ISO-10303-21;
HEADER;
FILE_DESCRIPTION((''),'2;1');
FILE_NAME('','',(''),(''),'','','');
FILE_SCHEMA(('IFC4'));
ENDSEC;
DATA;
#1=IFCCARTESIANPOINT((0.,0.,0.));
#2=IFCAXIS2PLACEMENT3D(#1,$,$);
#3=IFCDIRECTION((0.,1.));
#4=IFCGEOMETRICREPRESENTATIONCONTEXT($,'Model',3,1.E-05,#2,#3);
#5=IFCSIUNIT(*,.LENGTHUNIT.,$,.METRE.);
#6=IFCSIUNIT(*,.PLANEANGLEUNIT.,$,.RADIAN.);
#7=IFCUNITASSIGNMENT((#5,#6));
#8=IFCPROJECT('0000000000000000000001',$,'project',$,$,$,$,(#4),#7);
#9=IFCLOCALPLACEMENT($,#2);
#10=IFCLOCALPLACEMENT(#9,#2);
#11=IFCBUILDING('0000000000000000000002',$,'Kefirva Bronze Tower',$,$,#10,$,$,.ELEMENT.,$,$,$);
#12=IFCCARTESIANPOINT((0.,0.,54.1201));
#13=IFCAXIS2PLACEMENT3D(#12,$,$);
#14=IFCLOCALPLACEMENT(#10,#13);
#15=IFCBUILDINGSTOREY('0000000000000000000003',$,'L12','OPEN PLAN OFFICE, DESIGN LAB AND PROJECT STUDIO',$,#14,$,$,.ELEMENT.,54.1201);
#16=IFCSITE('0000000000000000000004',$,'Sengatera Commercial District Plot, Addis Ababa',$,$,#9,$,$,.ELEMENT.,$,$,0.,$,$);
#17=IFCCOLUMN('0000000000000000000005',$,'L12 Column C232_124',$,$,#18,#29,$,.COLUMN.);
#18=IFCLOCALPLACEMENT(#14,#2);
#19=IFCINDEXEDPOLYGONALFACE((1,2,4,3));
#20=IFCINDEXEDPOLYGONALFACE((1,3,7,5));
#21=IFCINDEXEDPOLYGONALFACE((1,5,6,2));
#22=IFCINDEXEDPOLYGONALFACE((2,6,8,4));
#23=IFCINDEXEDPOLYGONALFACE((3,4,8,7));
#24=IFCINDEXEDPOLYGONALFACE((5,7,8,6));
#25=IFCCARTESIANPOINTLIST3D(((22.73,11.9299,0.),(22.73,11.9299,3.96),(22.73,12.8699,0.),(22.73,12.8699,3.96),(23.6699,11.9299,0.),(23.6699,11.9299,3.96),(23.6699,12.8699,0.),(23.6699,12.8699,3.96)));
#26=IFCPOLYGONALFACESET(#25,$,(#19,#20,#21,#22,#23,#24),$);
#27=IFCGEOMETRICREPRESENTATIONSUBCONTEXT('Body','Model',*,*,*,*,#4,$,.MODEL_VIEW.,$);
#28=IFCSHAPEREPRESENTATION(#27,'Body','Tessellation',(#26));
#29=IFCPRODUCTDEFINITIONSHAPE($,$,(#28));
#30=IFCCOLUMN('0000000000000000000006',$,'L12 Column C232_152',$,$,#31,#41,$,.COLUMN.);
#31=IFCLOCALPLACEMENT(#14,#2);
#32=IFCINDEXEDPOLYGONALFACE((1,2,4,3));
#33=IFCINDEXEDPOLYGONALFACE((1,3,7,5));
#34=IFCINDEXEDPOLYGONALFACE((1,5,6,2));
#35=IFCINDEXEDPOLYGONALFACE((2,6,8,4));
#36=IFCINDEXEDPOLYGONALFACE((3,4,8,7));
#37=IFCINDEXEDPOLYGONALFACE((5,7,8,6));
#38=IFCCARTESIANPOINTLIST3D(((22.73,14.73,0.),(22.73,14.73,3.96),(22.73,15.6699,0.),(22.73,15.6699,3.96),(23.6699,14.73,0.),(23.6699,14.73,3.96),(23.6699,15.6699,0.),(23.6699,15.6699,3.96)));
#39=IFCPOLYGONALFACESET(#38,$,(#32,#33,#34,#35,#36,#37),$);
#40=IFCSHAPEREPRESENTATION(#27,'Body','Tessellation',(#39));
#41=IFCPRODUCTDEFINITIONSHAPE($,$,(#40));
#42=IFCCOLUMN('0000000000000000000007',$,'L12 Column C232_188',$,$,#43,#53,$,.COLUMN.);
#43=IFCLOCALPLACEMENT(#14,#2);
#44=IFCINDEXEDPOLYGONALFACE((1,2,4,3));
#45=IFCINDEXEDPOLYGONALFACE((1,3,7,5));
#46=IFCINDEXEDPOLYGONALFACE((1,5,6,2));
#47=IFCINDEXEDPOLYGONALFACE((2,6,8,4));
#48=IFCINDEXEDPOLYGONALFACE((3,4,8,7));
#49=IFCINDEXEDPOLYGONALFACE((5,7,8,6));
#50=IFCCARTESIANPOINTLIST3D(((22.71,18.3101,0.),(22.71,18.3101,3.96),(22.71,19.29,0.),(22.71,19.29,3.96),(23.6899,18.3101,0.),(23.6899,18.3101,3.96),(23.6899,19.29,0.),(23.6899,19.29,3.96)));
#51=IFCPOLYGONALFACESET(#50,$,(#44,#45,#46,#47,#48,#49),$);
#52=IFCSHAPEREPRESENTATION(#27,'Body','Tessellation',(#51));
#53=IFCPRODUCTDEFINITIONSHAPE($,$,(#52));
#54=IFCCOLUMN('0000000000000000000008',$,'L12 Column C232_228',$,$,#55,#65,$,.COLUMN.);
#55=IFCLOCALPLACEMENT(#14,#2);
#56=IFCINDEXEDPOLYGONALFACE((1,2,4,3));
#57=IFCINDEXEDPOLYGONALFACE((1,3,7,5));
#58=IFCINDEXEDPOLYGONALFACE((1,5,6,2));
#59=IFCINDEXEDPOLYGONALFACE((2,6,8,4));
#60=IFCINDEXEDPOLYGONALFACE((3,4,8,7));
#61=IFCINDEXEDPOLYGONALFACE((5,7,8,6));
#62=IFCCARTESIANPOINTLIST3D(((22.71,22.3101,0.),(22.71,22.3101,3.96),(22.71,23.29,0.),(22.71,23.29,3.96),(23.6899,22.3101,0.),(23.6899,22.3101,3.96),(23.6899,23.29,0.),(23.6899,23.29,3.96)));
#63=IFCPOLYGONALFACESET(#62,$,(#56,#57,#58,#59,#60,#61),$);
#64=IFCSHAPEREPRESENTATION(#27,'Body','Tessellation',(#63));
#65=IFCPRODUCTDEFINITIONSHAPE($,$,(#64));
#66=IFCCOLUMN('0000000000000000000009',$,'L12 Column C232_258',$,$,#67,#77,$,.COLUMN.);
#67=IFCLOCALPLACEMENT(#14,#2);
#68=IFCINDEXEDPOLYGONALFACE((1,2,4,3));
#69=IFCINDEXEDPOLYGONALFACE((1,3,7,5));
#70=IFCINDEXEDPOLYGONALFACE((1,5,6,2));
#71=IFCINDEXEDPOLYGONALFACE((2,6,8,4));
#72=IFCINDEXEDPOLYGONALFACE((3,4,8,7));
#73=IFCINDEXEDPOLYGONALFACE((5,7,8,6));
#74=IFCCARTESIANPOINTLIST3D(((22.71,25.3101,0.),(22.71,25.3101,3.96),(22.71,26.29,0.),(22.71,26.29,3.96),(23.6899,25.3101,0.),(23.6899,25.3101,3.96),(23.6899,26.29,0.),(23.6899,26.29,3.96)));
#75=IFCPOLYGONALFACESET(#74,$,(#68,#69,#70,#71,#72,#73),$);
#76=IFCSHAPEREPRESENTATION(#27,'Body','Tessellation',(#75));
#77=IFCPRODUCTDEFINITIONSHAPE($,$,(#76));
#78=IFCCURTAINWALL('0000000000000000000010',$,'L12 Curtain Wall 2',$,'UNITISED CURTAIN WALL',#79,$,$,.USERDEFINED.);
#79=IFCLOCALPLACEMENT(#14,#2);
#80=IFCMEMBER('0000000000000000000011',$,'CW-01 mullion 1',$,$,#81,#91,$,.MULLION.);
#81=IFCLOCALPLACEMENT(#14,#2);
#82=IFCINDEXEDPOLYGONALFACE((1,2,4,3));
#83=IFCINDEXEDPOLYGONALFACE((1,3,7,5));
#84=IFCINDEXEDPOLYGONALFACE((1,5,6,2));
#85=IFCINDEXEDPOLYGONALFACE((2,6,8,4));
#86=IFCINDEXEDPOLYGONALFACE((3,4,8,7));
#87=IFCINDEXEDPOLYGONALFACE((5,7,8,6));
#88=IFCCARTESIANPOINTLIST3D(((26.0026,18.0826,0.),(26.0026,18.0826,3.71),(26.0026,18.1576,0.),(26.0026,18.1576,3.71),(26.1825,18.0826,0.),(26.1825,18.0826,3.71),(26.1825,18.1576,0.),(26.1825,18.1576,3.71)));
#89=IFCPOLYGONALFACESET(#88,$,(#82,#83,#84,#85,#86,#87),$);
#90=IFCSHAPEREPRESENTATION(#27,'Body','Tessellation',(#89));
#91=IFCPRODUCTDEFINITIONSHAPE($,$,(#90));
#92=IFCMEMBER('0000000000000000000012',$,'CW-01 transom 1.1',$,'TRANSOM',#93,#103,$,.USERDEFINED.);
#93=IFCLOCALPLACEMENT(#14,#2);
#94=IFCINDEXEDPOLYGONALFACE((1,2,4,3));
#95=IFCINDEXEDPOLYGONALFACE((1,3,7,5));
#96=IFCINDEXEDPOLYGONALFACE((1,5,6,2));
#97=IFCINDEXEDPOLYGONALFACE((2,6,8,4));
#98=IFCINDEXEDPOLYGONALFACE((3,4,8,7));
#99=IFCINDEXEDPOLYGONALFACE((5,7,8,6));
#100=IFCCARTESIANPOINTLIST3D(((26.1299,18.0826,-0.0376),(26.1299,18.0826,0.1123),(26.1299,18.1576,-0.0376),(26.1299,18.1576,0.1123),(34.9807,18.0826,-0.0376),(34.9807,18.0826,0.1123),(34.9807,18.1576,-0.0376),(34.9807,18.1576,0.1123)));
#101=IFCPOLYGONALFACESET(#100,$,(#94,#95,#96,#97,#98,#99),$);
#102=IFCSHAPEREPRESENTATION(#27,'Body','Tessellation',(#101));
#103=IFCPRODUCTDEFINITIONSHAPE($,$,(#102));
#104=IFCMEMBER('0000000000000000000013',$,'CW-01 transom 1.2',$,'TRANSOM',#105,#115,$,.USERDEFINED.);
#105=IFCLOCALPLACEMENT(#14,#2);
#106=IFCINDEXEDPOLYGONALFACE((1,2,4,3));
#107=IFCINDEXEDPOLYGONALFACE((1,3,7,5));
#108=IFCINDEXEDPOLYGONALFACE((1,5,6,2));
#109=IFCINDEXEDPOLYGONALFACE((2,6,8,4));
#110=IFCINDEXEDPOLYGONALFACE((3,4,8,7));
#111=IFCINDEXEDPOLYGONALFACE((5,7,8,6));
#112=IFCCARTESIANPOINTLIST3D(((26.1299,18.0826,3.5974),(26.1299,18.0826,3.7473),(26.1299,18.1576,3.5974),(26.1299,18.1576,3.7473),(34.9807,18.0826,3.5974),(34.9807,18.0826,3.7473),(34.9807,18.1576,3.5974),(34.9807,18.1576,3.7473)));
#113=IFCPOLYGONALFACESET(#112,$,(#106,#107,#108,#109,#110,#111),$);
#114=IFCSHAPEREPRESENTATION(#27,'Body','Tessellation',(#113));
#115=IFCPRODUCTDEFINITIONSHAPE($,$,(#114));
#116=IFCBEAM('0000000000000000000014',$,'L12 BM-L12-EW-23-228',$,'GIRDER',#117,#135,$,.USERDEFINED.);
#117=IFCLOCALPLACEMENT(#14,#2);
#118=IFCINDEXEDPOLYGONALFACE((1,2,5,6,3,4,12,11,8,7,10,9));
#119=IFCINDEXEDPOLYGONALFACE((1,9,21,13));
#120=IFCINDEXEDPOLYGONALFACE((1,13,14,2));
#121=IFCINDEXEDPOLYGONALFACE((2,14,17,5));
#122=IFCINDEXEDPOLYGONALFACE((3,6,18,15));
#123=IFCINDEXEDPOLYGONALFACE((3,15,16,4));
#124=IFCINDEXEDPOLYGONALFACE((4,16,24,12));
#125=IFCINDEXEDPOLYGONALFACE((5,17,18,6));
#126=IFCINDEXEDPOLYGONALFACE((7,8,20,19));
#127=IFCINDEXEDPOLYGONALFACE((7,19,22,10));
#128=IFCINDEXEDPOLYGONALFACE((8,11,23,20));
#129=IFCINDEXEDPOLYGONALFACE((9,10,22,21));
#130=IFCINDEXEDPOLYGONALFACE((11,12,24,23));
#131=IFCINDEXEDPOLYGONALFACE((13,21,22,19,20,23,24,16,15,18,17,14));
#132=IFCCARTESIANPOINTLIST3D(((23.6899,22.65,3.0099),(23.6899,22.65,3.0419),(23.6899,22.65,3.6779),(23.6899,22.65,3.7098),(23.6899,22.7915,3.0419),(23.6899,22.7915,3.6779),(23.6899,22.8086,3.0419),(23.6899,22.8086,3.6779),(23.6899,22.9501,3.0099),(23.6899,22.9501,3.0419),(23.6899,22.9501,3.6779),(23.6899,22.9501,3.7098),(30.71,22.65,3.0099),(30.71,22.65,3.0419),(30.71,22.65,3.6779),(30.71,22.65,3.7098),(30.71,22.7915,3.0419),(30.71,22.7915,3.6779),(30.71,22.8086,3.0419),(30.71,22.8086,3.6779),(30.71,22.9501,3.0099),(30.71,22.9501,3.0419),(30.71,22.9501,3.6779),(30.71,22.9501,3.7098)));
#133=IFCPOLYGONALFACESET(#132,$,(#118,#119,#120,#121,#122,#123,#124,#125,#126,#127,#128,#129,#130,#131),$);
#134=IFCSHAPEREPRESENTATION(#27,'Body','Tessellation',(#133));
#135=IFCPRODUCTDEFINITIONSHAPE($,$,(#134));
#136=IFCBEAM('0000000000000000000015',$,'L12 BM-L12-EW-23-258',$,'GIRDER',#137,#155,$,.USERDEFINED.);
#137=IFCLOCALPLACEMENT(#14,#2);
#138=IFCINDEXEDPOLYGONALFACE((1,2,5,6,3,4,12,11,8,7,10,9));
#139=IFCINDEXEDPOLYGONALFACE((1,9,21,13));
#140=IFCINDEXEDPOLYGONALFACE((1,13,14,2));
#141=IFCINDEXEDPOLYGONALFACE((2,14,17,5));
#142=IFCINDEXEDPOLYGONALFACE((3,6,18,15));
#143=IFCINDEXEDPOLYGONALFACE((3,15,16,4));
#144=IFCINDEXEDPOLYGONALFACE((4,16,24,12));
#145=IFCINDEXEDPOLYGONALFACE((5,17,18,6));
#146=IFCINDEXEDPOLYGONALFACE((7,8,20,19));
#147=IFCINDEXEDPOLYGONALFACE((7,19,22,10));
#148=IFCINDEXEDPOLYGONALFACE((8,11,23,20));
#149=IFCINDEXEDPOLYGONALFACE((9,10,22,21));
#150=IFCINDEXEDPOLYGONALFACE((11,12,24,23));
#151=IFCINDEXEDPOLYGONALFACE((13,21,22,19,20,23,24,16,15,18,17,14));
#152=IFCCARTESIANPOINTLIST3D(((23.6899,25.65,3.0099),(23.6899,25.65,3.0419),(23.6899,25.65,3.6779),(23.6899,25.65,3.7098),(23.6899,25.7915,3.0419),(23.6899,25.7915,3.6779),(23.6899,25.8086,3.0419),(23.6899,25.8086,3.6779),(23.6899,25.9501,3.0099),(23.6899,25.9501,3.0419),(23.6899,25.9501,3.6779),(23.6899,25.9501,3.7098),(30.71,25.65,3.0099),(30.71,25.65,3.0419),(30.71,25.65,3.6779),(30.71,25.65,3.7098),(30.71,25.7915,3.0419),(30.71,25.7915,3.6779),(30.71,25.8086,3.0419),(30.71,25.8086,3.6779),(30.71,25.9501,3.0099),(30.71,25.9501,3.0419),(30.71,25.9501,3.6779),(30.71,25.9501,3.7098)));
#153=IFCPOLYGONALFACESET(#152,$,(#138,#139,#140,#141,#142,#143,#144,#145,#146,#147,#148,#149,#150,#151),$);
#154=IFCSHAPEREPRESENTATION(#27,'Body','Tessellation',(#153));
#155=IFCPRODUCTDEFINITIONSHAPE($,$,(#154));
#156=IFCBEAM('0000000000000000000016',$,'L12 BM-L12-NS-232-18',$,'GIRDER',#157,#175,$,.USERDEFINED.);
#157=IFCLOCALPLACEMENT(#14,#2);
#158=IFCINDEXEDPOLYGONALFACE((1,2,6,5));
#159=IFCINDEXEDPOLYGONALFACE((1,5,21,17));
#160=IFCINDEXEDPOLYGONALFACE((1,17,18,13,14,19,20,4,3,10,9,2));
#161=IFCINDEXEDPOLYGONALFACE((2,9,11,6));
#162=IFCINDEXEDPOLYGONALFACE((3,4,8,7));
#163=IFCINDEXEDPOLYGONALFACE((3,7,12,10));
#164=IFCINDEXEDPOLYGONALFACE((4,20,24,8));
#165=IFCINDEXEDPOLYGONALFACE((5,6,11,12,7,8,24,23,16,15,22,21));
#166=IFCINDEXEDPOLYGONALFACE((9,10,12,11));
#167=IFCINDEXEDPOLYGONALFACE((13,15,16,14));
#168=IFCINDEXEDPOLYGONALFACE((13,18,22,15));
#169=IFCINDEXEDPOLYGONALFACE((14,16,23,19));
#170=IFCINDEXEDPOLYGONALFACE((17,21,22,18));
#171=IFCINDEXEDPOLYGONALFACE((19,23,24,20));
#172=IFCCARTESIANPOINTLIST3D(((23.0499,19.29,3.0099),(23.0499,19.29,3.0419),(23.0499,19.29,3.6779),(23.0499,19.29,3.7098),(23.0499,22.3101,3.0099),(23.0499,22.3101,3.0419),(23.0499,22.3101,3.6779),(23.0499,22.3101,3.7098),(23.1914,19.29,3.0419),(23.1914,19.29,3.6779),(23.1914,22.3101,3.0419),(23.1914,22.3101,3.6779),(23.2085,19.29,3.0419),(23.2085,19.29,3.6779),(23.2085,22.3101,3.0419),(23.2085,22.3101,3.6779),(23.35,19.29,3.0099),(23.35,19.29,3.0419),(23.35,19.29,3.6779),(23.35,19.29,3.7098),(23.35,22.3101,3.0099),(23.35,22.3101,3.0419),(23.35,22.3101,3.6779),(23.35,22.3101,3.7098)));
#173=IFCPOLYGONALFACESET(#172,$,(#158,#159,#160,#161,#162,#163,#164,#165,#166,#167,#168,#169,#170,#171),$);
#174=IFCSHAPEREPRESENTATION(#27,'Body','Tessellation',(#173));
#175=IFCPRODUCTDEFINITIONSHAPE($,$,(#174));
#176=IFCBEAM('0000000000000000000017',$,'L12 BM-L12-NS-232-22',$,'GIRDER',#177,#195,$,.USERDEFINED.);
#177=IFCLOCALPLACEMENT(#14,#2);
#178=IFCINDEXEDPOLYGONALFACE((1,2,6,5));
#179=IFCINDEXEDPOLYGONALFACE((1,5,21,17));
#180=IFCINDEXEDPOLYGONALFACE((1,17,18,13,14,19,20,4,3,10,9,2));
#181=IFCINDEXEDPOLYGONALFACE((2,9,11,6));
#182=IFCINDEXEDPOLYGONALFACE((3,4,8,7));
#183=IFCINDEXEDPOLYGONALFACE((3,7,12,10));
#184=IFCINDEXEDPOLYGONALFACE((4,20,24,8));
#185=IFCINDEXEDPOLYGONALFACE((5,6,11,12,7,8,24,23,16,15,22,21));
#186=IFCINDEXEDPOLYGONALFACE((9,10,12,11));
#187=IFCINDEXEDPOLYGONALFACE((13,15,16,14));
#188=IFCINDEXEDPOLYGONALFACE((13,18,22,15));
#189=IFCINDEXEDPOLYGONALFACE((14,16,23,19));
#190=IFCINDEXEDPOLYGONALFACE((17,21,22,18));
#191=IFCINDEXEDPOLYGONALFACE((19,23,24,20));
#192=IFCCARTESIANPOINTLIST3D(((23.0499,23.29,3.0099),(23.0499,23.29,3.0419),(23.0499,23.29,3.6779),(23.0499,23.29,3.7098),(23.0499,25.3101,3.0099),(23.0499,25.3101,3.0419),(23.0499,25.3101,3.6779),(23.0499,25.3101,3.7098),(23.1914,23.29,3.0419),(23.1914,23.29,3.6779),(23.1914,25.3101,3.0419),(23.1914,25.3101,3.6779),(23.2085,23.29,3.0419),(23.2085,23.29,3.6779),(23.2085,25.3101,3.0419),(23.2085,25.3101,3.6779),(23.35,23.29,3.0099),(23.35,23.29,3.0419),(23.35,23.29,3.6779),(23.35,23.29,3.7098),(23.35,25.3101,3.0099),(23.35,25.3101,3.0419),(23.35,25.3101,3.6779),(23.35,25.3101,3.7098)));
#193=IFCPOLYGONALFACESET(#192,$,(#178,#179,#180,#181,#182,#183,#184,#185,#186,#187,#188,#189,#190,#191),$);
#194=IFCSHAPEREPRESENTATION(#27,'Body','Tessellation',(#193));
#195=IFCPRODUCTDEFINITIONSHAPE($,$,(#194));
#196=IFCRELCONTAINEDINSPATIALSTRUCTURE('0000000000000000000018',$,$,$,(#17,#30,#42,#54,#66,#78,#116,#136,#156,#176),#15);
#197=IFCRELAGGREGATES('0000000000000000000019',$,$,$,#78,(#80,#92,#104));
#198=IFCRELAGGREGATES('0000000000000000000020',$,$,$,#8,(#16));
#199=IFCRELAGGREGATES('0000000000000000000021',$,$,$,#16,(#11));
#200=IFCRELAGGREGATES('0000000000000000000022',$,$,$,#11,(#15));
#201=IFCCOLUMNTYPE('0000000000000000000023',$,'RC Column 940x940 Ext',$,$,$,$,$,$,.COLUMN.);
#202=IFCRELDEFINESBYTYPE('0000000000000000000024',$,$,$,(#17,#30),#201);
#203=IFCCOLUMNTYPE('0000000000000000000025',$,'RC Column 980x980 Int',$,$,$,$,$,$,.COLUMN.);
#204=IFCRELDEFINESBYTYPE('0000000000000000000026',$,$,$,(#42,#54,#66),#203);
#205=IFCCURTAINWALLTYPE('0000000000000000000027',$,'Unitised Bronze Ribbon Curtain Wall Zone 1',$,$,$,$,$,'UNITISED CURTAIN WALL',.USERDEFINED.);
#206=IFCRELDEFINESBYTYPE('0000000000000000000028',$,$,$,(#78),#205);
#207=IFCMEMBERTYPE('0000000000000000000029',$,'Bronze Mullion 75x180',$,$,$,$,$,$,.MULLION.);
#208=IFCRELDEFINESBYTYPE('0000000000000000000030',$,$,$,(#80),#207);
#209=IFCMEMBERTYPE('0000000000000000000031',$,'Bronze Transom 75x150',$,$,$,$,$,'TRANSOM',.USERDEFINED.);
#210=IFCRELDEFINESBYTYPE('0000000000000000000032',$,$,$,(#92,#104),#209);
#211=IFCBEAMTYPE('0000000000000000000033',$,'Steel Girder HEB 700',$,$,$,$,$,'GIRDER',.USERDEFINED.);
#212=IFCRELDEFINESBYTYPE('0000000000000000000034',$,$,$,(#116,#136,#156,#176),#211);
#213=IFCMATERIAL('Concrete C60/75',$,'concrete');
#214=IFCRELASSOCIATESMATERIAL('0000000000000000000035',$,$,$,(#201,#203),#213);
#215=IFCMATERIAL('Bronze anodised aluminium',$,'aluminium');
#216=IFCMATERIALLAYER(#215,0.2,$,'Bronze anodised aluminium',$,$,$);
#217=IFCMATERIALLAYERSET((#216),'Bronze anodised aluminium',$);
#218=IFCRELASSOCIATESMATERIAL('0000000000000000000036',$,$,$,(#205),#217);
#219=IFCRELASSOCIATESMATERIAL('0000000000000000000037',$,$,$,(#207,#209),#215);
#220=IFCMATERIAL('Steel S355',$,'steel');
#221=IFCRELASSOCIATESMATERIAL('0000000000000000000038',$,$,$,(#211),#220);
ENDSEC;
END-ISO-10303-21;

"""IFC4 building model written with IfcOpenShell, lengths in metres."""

from ifc_helpers import new_model, si_unit, direction, frame, origin, origin_2d, place, context, subcontext, project, spatial, rectangle, i_section, extrude, material, layer, layer_set, material_profile, profile_set, type_object, element, aggregate, save


model = new_model("IFC4")

# Units and contexts
model_context = context("Model", 3, precision=1e-05, world=origin(), true_north=direction((0.0, 1.0)))
body_context = subcontext(model_context, "Body", "Model", "MODEL_VIEW")
ifc_project = project(units=[si_unit("LENGTHUNIT", "METRE"), si_unit("PLANEANGLEUNIT", "RADIAN")], contexts=[model_context])

# Site, building, storey
site_placement = place(None, origin())
site = spatial("IfcSite", under=ifc_project, at=site_placement, Name="Sengatera Commercial District Plot, Addis Ababa", CompositionType="ELEMENT", RefElevation=0.0)
building_placement = place(site_placement, origin())
building = spatial("IfcBuilding", under=site, at=building_placement, Name="Kefirva Bronze Tower", CompositionType="ELEMENT")
storey_placement = place(building_placement, frame((0.0, 0.0, 54.1201)))
storey = spatial("IfcBuildingStorey", under=building, at=storey_placement, Name="L12", Description="OPEN PLAN OFFICE, DESIGN LAB AND PROJECT STUDIO", CompositionType="ELEMENT", Elevation=54.1201)

# Columns
ifc_material_1 = material(Name="Concrete C60/75", Category="concrete")
ifc_material_profile_1 = material_profile(ifc_material_1, rectangle(XDim=0.9399, YDim=0.9399, at=origin_2d()), Name="RC 940x940")
ifc_profile_set_1 = profile_set([ifc_material_profile_1], Name="Concrete C60/75")
column_type_1 = type_object("IfcColumnType", Name="RC Column 940x940 Ext", PredefinedType="COLUMN", material=ifc_profile_set_1)
for number, where, z_axis, x_axis, name in (
    (1, (23.2, 12.3999, 0.0), (0.0, 0.0, 1.0), (1.0, 0.0, 0.0), "L12 Column C232_124"),
    (2, (23.2, 15.2, 0.0), (0.0, 0.0, 1.0), (1.0, 0.0, 0.0), "L12 Column C232_152"),
):
    element("IfcColumn", number, at=place(storey_placement, frame(where, z_axis=z_axis, x_axis=x_axis)), inside=storey, type_object=column_type_1, Name=name, PredefinedType="COLUMN", context=body_context, shape_type="SweptSolid", body=[
        extrude(rectangle(XDim=0.9399, YDim=0.9399, at=origin_2d()), origin(), (0.0, 0.0, 1.0), 3.96),
    ])
ifc_material_profile_2 = material_profile(ifc_material_1, rectangle(XDim=0.98, YDim=0.98, at=origin_2d()), Name="RC 980x980")
ifc_profile_set_2 = profile_set([ifc_material_profile_2], Name="Concrete C60/75")
column_type_2 = type_object("IfcColumnType", Name="RC Column 980x980 Int", PredefinedType="COLUMN", material=ifc_profile_set_2)
for number, where, z_axis, x_axis, name in (
    (3, (23.2, 18.8, 0.0), (0.0, 0.0, 1.0), (1.0, 0.0, 0.0), "L12 Column C232_188"),
    (4, (23.2, 22.8, 0.0), (0.0, 0.0, 1.0), (1.0, 0.0, 0.0), "L12 Column C232_228"),
    (5, (23.2, 25.8, 0.0), (0.0, 0.0, 1.0), (1.0, 0.0, 0.0), "L12 Column C232_258"),
):
    element("IfcColumn", number, at=place(storey_placement, frame(where, z_axis=z_axis, x_axis=x_axis)), inside=storey, type_object=column_type_2, Name=name, PredefinedType="COLUMN", context=body_context, shape_type="SweptSolid", body=[
        extrude(rectangle(XDim=0.98, YDim=0.98, at=origin_2d()), origin(), (0.0, 0.0, 1.0), 3.96),
    ])

# Curtain wall, members
ifc_material_2 = material(Name="Bronze anodised aluminium", Category="aluminium")
ifc_layer_1 = layer(ifc_material_2, 0.2, Name="Bronze anodised aluminium")
ifc_layer_set_1 = layer_set([ifc_layer_1], Name="Bronze anodised aluminium")
curtain_wall_type = type_object("IfcCurtainWallType", Name="Unitised Bronze Ribbon Curtain Wall Zone 1", ElementType="UNITISED CURTAIN WALL", PredefinedType="USERDEFINED", material=ifc_layer_set_1)
curtain_wall_placement = place(storey_placement, origin())
curtain_wall = element("IfcCurtainWall", 6, at=curtain_wall_placement, inside=storey, type_object=curtain_wall_type, Name="L12 Curtain Wall 2", ObjectType="UNITISED CURTAIN WALL", PredefinedType="USERDEFINED")
ifc_material_profile_3 = material_profile(ifc_material_2, rectangle(XDim=0.075, YDim=0.1799, at=origin_2d()), Name="ALU 75x180")
ifc_profile_set_3 = profile_set([ifc_material_profile_3], Name="Bronze anodised aluminium")
member_type_1 = type_object("IfcMemberType", Name="Bronze Mullion 75x180", PredefinedType="MULLION", material=ifc_profile_set_3)
member_1_placement = place(storey_placement, frame((26.0925, 18.1201, 0.0), z_axis=(0.0, 0.0, 1.0), x_axis=(0.0, 1.0, 0.0)))
member_1 = element("IfcMember", 7, at=member_1_placement, type_object=member_type_1, Name="CW-01 mullion 1", PredefinedType="MULLION", context=body_context, shape_type="SweptSolid", body=[
    extrude(rectangle(XDim=0.075, YDim=0.1799, at=origin_2d()), origin(), (0.0, 0.0, 1.0), 3.71),
])
ifc_material_profile_4 = material_profile(ifc_material_2, rectangle(XDim=0.075, YDim=0.1499, at=origin_2d()), Name="ALU 75x150")
ifc_profile_set_4 = profile_set([ifc_material_profile_4], Name="Bronze anodised aluminium")
member_type_2 = type_object("IfcMemberType", Name="Bronze Transom 75x150", ElementType="TRANSOM", PredefinedType="USERDEFINED", material=ifc_profile_set_4)
member_2_placement = place(storey_placement, frame((26.1299, 18.1201, 0.0374), z_axis=(1.0, 0.0, 0.0), x_axis=(0.0, 1.0, 0.0)))
member_2 = element("IfcMember", 8, at=member_2_placement, type_object=member_type_2, Name="CW-01 transom 1.1", ObjectType="TRANSOM", PredefinedType="USERDEFINED", context=body_context, shape_type="SweptSolid", body=[
    extrude(rectangle(XDim=0.075, YDim=0.1499, at=origin_2d()), origin(), (0.0, 0.0, 1.0), 8.8508),
])
member_3_placement = place(storey_placement, frame((26.1299, 18.1201, 3.6724), z_axis=(1.0, 0.0, 0.0), x_axis=(0.0, 1.0, 0.0)))
member_3 = element("IfcMember", 9, at=member_3_placement, type_object=member_type_2, Name="CW-01 transom 1.2", ObjectType="TRANSOM", PredefinedType="USERDEFINED", context=body_context, shape_type="SweptSolid", body=[
    extrude(rectangle(XDim=0.075, YDim=0.1499, at=origin_2d()), origin(), (0.0, 0.0, 1.0), 8.8508),
])

# Beams
ifc_material_3 = material(Name="Steel S355", Category="steel")
ifc_material_profile_5 = material_profile(ifc_material_3, i_section(OverallWidth=0.3, OverallDepth=0.7, WebThickness=0.0171, FlangeThickness=0.032, at=origin_2d()), Name="HEB 700")
ifc_profile_set_5 = profile_set([ifc_material_profile_5], Name="Steel S355")
beam_type_1 = type_object("IfcBeamType", Name="Steel Girder HEB 700", ElementType="GIRDER", PredefinedType="USERDEFINED", material=ifc_profile_set_5)
for number, where, z_axis, x_axis, name in (
    (10, (23.6899, 22.8, 3.3599), (1.0, 0.0, 0.0), (0.0, 1.0, 0.0), "L12 BM-L12-EW-23-228"),
    (11, (23.6899, 25.8, 3.3599), (1.0, 0.0, 0.0), (0.0, 1.0, 0.0), "L12 BM-L12-EW-23-258"),
):
    element("IfcBeam", number, at=place(storey_placement, frame(where, z_axis=z_axis, x_axis=x_axis)), inside=storey, type_object=beam_type_1, Name=name, ObjectType="GIRDER", PredefinedType="USERDEFINED", context=body_context, shape_type="SweptSolid", body=[
        extrude(i_section(OverallWidth=0.3, OverallDepth=0.7, WebThickness=0.0171, FlangeThickness=0.032, at=origin_2d()), origin(), (0.0, 0.0, 1.0), 7.02),
    ])
beam_1_placement = place(storey_placement, frame((23.2, 19.29, 3.3599), z_axis=(0.0, 1.0, 0.0), x_axis=(-1.0, 0.0, 0.0)))
element("IfcBeam", 12, at=beam_1_placement, inside=storey, type_object=beam_type_1, Name="L12 BM-L12-NS-232-18", ObjectType="GIRDER", PredefinedType="USERDEFINED", context=body_context, shape_type="SweptSolid", body=[
    extrude(i_section(OverallWidth=0.3, OverallDepth=0.7, WebThickness=0.0171, FlangeThickness=0.032, at=origin_2d()), origin(), (0.0, 0.0, 1.0), 3.02),
])
beam_2_placement = place(storey_placement, frame((23.2, 23.29, 3.3599), z_axis=(0.0, 1.0, 0.0), x_axis=(-1.0, 0.0, 0.0)))
element("IfcBeam", 13, at=beam_2_placement, inside=storey, type_object=beam_type_1, Name="L12 BM-L12-NS-232-22", ObjectType="GIRDER", PredefinedType="USERDEFINED", context=body_context, shape_type="SweptSolid", body=[
    extrude(i_section(OverallWidth=0.3, OverallDepth=0.7, WebThickness=0.0171, FlangeThickness=0.032, at=origin_2d()), origin(), (0.0, 0.0, 1.0), 2.02),
])

aggregate(curtain_wall, [member_1, member_2, member_3])

save(model, "model.ifc")
